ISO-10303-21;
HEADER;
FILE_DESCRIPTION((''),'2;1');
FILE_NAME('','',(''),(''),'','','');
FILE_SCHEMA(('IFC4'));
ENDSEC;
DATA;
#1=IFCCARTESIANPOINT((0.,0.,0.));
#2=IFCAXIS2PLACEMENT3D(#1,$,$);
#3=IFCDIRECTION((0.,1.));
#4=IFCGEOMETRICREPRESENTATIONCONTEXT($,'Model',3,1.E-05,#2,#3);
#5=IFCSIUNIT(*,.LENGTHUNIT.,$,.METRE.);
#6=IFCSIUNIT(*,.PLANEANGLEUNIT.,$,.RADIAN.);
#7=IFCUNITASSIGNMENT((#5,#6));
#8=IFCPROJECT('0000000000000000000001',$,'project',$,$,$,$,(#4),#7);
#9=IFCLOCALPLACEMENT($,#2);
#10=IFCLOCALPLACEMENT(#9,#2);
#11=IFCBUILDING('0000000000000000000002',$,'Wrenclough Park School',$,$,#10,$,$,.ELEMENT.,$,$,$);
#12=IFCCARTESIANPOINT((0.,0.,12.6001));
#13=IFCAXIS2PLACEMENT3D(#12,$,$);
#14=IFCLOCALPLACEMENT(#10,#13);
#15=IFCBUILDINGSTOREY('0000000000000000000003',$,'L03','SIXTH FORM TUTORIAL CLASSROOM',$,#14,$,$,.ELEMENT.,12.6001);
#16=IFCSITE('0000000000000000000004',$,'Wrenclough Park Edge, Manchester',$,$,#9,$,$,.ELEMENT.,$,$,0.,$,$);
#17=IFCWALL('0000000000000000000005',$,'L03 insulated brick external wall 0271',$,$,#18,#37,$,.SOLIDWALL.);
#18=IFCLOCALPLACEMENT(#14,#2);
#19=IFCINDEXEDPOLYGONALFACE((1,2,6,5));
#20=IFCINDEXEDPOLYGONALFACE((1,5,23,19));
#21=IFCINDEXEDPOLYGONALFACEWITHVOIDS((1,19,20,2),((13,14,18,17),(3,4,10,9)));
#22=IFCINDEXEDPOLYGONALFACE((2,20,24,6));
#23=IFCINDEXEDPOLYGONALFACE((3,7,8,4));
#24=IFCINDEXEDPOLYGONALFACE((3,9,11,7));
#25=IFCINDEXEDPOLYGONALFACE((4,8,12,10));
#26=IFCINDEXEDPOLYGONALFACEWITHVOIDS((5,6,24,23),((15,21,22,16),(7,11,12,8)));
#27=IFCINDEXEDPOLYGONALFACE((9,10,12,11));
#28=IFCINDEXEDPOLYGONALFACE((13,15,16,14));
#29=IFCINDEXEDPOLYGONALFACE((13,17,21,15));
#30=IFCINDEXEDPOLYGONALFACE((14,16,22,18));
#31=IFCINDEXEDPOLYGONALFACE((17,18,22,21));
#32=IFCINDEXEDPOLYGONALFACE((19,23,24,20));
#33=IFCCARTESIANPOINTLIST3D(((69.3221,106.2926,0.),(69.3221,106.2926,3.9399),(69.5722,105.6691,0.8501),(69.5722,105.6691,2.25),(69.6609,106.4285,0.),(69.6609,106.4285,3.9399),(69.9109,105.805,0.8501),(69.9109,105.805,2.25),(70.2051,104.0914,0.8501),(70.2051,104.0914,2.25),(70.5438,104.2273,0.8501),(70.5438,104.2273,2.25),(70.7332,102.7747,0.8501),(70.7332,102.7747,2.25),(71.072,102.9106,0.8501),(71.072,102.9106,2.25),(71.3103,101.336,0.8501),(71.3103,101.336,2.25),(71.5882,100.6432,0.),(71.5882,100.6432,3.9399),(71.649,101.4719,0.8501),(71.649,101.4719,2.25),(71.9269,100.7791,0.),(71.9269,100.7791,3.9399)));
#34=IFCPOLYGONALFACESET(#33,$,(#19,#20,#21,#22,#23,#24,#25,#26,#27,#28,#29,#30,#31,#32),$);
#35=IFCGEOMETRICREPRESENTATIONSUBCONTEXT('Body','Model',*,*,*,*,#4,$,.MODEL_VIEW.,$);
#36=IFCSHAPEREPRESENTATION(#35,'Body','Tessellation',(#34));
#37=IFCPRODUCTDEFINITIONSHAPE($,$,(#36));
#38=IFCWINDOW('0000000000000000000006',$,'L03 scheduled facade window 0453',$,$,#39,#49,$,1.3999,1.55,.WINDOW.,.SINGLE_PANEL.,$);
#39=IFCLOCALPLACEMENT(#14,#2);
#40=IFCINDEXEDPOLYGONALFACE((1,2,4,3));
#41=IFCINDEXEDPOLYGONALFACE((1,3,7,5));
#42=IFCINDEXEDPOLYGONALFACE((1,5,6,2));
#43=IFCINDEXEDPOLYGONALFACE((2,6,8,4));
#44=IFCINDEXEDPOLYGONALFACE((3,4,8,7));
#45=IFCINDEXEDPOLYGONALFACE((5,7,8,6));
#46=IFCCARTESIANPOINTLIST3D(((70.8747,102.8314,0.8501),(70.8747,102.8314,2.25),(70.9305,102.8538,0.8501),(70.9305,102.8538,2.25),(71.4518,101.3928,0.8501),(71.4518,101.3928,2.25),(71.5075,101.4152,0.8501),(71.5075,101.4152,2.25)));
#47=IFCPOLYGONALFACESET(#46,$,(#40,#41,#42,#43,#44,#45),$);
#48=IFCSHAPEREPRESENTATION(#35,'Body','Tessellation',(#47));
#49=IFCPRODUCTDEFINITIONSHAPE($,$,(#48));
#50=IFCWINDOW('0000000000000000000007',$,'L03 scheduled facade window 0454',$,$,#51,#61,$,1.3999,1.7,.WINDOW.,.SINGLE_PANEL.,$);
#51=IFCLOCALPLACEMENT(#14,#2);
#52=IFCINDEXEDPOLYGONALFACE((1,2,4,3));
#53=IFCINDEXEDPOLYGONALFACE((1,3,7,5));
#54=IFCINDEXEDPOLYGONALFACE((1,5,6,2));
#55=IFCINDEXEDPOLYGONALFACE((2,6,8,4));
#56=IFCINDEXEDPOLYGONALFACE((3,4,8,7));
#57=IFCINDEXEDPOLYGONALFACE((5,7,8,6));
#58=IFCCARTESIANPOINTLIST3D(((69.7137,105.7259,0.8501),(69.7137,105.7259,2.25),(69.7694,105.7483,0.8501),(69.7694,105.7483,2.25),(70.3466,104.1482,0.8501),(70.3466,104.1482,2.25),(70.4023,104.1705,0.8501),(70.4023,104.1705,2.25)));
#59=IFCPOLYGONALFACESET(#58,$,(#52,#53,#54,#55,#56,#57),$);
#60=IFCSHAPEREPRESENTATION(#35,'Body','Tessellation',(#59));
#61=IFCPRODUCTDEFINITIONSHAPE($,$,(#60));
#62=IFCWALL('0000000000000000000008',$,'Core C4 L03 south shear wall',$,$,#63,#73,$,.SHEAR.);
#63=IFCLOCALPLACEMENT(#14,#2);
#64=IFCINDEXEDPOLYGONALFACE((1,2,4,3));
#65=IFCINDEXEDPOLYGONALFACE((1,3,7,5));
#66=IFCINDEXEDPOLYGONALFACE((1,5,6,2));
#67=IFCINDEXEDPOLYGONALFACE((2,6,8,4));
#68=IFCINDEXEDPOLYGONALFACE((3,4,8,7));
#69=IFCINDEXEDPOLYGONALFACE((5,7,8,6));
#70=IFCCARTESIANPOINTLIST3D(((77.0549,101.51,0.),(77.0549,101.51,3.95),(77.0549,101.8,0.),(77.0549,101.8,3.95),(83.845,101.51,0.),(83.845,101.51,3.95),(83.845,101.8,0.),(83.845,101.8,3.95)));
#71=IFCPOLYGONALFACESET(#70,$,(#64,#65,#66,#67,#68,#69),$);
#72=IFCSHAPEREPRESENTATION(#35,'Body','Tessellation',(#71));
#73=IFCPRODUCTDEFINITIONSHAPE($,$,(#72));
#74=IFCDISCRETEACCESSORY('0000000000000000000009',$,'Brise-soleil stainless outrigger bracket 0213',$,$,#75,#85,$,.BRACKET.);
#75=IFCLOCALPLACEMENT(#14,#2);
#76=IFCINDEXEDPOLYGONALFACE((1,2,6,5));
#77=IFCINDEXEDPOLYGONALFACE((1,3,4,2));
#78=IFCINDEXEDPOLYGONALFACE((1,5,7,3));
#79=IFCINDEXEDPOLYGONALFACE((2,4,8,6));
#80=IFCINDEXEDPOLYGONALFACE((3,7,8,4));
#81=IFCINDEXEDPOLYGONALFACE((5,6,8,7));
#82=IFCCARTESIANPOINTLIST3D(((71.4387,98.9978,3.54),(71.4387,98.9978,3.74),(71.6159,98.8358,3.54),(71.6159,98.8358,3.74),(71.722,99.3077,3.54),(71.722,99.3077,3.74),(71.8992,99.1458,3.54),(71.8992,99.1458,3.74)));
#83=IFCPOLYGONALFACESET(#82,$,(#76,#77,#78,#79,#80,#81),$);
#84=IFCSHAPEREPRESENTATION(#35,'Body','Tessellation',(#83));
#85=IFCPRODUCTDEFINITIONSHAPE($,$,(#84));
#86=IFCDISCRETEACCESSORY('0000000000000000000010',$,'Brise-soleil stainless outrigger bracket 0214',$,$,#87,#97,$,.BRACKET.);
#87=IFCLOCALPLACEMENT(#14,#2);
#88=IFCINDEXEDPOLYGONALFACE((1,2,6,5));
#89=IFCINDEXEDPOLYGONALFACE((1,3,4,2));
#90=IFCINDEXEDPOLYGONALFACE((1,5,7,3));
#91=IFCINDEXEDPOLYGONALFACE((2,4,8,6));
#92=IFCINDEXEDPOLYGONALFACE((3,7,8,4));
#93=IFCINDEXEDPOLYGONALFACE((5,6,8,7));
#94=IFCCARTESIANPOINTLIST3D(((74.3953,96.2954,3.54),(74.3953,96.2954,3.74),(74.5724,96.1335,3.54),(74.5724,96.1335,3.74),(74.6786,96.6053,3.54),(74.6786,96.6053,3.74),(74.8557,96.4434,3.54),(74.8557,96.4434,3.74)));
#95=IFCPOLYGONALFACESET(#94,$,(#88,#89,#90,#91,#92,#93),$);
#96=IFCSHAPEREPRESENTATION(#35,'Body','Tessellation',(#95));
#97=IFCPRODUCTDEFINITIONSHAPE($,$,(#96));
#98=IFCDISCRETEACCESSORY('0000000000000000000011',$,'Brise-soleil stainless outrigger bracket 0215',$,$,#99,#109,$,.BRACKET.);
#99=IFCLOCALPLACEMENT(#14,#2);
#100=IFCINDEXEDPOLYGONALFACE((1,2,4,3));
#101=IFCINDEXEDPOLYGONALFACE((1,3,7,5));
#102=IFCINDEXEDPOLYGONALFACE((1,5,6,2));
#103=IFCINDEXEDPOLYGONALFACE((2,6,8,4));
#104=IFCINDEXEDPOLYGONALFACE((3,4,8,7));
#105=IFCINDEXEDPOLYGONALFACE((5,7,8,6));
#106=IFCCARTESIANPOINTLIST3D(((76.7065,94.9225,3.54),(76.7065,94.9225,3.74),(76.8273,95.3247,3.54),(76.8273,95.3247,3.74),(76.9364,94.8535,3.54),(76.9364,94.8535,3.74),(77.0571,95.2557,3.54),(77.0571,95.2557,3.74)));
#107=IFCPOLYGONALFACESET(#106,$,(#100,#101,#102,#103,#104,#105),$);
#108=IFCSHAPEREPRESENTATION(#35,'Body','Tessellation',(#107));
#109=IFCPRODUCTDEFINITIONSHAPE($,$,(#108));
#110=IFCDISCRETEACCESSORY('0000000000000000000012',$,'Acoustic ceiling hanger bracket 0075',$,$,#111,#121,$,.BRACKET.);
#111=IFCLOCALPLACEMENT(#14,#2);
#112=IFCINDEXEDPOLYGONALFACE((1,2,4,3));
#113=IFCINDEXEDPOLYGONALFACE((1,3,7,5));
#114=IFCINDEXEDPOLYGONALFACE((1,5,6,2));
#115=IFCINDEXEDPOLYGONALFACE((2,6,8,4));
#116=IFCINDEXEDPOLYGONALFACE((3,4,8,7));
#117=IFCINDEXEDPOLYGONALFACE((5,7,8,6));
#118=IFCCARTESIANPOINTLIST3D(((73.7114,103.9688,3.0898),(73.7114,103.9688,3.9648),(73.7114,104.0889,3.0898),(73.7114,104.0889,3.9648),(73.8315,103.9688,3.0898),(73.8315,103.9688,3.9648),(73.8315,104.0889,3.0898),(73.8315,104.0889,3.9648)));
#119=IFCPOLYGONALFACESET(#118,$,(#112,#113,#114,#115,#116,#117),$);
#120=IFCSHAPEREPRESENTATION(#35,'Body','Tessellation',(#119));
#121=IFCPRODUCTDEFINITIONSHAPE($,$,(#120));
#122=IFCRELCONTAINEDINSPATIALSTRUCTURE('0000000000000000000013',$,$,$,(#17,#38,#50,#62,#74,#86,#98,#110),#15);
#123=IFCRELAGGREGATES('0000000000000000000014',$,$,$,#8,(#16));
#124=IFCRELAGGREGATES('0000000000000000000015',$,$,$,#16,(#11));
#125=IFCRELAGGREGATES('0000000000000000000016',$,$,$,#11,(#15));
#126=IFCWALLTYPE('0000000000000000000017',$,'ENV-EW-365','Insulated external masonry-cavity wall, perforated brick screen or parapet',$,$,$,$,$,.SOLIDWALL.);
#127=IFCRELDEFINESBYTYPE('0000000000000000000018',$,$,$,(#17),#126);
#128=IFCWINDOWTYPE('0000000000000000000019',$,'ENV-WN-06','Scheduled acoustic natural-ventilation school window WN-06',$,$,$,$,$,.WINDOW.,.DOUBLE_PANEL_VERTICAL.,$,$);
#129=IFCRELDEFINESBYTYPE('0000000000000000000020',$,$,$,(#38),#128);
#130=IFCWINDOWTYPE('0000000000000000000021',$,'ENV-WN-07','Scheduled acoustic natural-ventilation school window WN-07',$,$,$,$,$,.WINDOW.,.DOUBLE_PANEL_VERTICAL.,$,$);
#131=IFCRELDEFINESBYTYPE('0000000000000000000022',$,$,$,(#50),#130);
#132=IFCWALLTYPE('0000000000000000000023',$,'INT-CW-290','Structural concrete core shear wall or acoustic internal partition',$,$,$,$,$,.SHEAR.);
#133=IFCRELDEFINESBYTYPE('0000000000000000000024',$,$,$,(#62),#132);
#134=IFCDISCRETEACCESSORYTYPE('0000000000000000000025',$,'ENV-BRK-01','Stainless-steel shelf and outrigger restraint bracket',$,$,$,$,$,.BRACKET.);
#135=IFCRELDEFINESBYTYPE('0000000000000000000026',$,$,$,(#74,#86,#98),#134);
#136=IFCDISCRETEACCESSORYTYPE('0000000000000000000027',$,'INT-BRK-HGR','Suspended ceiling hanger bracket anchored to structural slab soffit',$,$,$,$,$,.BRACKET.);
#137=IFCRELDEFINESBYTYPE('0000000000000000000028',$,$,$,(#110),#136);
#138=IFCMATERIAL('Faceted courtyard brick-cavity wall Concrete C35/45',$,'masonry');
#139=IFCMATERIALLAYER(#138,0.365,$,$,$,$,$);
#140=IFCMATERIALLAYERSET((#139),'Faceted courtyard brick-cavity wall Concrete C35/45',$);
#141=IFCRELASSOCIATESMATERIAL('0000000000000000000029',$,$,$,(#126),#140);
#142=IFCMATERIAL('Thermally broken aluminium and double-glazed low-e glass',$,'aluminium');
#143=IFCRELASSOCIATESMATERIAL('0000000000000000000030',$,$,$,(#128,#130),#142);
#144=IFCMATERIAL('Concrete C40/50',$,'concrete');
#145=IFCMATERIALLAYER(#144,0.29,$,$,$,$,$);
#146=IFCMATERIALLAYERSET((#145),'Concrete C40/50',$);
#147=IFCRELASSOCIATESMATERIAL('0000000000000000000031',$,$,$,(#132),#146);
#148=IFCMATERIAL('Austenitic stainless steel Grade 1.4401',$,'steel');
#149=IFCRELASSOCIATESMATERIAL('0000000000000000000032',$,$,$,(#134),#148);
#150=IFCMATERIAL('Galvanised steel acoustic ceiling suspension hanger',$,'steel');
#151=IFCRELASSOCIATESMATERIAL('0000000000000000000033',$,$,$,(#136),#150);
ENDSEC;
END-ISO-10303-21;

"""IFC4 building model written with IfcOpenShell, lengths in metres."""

from ifc_helpers import new_model, si_unit, direction, frame, frame_2d, origin, origin_2d, place, context, subcontext, project, spatial, rectangle, extrude, material, layer, layer_set, type_object, element, fill, save


model = new_model("IFC4")

# Units and contexts
model_context = context("Model", 3, precision=1e-05, world=origin(), true_north=direction((0.0, 1.0)))
body_context = subcontext(model_context, "Body", "Model", "MODEL_VIEW")
ifc_project = project(units=[si_unit("LENGTHUNIT", "METRE"), si_unit("PLANEANGLEUNIT", "RADIAN")], contexts=[model_context])

# Site, building, storey
site_placement = place(None, origin())
site = spatial("IfcSite", under=ifc_project, at=site_placement, Name="Wrenclough Park Edge, Manchester", CompositionType="ELEMENT", RefElevation=0.0)
building_placement = place(site_placement, origin())
building = spatial("IfcBuilding", under=site, at=building_placement, Name="Wrenclough Park School", CompositionType="ELEMENT")
storey_placement = place(building_placement, frame((0.0, 0.0, 12.6001)))
storey = spatial("IfcBuildingStorey", under=building, at=storey_placement, Name="L03", Description="SIXTH FORM TUTORIAL CLASSROOM", CompositionType="ELEMENT", Elevation=12.6001)

# Wall, openings, windows
ifc_material_1 = material(Name="Thermally broken aluminium and double-glazed low-e glass", Category="aluminium")
ifc_material_2 = material(Name="Faceted courtyard brick-cavity wall Concrete C35/45", Category="masonry")
ifc_layer_1 = layer(ifc_material_2, 0.365)
ifc_layer_set_1 = layer_set([ifc_layer_1], Name="Faceted courtyard brick-cavity wall Concrete C35/45")
wall_type_1 = type_object("IfcWallType", Name="ENV-EW-365", Description="Insulated external masonry-cavity wall, perforated brick screen or parapet", PredefinedType="SOLIDWALL", material=ifc_layer_set_1)
wall_1_placement = place(storey_placement, frame((71.7576, 100.7112, 0.0), z_axis=(0.0, 0.0, 1.0), x_axis=(-0.372289, 0.928117, 0.0)))
wall_1 = element("IfcWall", 1, at=wall_1_placement, inside=storey, type_object=wall_type_1, Name="L03 insulated brick external wall 0271", PredefinedType="SOLIDWALL", context=body_context, shape_type="SweptSolid", body=[
    extrude(rectangle(XDim=6.0869, YDim=0.365, at=frame_2d((3.0435, 0.0))), origin(), (0.0, 0.0, 1.0), 3.9399),
])
opening_1_placement = place(wall_1_placement, frame((0.7466, 0.0, 0.8501)))
opening_1 = element("IfcOpeningElement", 2, at=opening_1_placement, cuts=wall_1, PredefinedType="OPENING", context=body_context, shape_type="SweptSolid", body=[
    extrude(rectangle(XDim=1.55, YDim=1.3999, at=frame_2d((0.7749, 0.7))), frame((0.0, 0.1924, 0.0), z_axis=(0.0, -1.0, 0.0), x_axis=(1.0, 0.0, 0.0)), (0.0, 0.0, 1.0), 0.385),
])
opening_2_placement = place(wall_1_placement, frame((3.7151, 0.0, 0.8501)))
opening_2 = element("IfcOpeningElement", 3, at=opening_2_placement, cuts=wall_1, PredefinedType="OPENING", context=body_context, shape_type="SweptSolid", body=[
    extrude(rectangle(XDim=1.7, YDim=1.3999, at=frame_2d((0.8501, 0.7))), frame((0.0, 0.1924, 0.0), z_axis=(0.0, -1.0, 0.0), x_axis=(1.0, 0.0, 0.0)), (0.0, 0.0, 1.0), 0.385),
])
window_type_1 = type_object("IfcWindowType", Name="ENV-WN-06", Description="Scheduled acoustic natural-ventilation school window WN-06", PartitioningType="DOUBLE_PANEL_VERTICAL", PredefinedType="WINDOW", material=ifc_material_1)
window_1_placement = place(opening_1_placement, origin())
window_1 = element("IfcWindow", 4, at=window_1_placement, inside=storey, type_object=window_type_1, Name="L03 scheduled facade window 0453", OverallHeight=1.3999, OverallWidth=1.55, PartitioningType="SINGLE_PANEL", PredefinedType="WINDOW", context=body_context, shape_type="SweptSolid", body=[
    extrude(rectangle(XDim=1.55, YDim=1.3999, at=frame_2d((0.7749, 0.7))), frame((0.0, 0.03, 0.0), z_axis=(0.0, -1.0, 0.0), x_axis=(1.0, 0.0, 0.0)), (0.0, 0.0, 1.0), 0.0601),
])
fill(opening_1, window_1)
window_type_2 = type_object("IfcWindowType", Name="ENV-WN-07", Description="Scheduled acoustic natural-ventilation school window WN-07", PartitioningType="DOUBLE_PANEL_VERTICAL", PredefinedType="WINDOW", material=ifc_material_1)
window_2_placement = place(opening_2_placement, origin())
window_2 = element("IfcWindow", 5, at=window_2_placement, inside=storey, type_object=window_type_2, Name="L03 scheduled facade window 0454", OverallHeight=1.3999, OverallWidth=1.7, PartitioningType="SINGLE_PANEL", PredefinedType="WINDOW", context=body_context, shape_type="SweptSolid", body=[
    extrude(rectangle(XDim=1.7, YDim=1.3999, at=frame_2d((0.8501, 0.7))), frame((0.0, 0.03, 0.0), z_axis=(0.0, -1.0, 0.0), x_axis=(1.0, 0.0, 0.0)), (0.0, 0.0, 1.0), 0.0601),
])
fill(opening_2, window_2)

# Wall
ifc_material_3 = material(Name="Concrete C40/50", Category="concrete")
ifc_layer_2 = layer(ifc_material_3, 0.29)
ifc_layer_set_2 = layer_set([ifc_layer_2], Name="Concrete C40/50")
wall_type_2 = type_object("IfcWallType", Name="INT-CW-290", Description="Structural concrete core shear wall or acoustic internal partition", PredefinedType="SHEAR", material=ifc_layer_set_2)
wall_2_placement = place(storey_placement, frame((77.0549, 101.655, 0.0), z_axis=(0.0, 0.0, 1.0), x_axis=(1.0, 0.0, 0.0)))
element("IfcWall", 6, at=wall_2_placement, inside=storey, type_object=wall_type_2, Name="Core C4 L03 south shear wall", PredefinedType="SHEAR", context=body_context, shape_type="SweptSolid", body=[
    extrude(rectangle(XDim=6.79, YDim=0.29, at=frame_2d((3.395, 0.0))), origin(), (0.0, 0.0, 1.0), 3.95),
])

# Discrete accessories
ifc_material_4 = material(Name="Austenitic stainless steel Grade 1.4401", Category="steel")
discrete_accessory_type_1 = type_object("IfcDiscreteAccessoryType", Name="ENV-BRK-01", Description="Stainless-steel shelf and outrigger restraint bracket", PredefinedType="BRACKET", material=ifc_material_4)
for number, where, z_axis, x_axis, name in (
    (7, (71.6689, 99.0718, 3.54), (0.0, 0.0, 1.0), (0.738122, -0.674667, 0.0), "Brise-soleil stainless outrigger bracket 0213"),
    (8, (74.6255, 96.3694, 3.54), (0.0, 0.0, 1.0), (0.738122, -0.674667, 0.0), "Brise-soleil stainless outrigger bracket 0214"),
    (9, (76.8818, 95.0891, 3.54), (0.0, 0.0, 1.0), (0.957751, -0.287598, 0.0), "Brise-soleil stainless outrigger bracket 0215"),
):
    element("IfcDiscreteAccessory", number, at=place(storey_placement, frame(where, z_axis=z_axis, x_axis=x_axis)), inside=storey, type_object=discrete_accessory_type_1, Name=name, PredefinedType="BRACKET", context=body_context, shape_type="SweptSolid", body=[
        extrude(rectangle(XDim=0.24, YDim=0.4199, at=origin_2d()), origin(), (0.0, 0.0, 1.0), 0.2),
    ])
ifc_material_5 = material(Name="Galvanised steel acoustic ceiling suspension hanger", Category="steel")
discrete_accessory_type_2 = type_object("IfcDiscreteAccessoryType", Name="INT-BRK-HGR", Description="Suspended ceiling hanger bracket anchored to structural slab soffit", PredefinedType="BRACKET", material=ifc_material_5)
discrete_accessory_placement = place(storey_placement, frame((73.7715, 104.0288, 3.0898), z_axis=(0.0, 0.0, 1.0), x_axis=(1.0, 0.0, 0.0)))
element("IfcDiscreteAccessory", 10, at=discrete_accessory_placement, inside=storey, type_object=discrete_accessory_type_2, Name="Acoustic ceiling hanger bracket 0075", PredefinedType="BRACKET", context=body_context, shape_type="SweptSolid", body=[
    extrude(rectangle(XDim=0.1201, YDim=0.1201, at=origin_2d()), origin(), (0.0, 0.0, 1.0), 0.875),
])

save(model, "model.ifc")
